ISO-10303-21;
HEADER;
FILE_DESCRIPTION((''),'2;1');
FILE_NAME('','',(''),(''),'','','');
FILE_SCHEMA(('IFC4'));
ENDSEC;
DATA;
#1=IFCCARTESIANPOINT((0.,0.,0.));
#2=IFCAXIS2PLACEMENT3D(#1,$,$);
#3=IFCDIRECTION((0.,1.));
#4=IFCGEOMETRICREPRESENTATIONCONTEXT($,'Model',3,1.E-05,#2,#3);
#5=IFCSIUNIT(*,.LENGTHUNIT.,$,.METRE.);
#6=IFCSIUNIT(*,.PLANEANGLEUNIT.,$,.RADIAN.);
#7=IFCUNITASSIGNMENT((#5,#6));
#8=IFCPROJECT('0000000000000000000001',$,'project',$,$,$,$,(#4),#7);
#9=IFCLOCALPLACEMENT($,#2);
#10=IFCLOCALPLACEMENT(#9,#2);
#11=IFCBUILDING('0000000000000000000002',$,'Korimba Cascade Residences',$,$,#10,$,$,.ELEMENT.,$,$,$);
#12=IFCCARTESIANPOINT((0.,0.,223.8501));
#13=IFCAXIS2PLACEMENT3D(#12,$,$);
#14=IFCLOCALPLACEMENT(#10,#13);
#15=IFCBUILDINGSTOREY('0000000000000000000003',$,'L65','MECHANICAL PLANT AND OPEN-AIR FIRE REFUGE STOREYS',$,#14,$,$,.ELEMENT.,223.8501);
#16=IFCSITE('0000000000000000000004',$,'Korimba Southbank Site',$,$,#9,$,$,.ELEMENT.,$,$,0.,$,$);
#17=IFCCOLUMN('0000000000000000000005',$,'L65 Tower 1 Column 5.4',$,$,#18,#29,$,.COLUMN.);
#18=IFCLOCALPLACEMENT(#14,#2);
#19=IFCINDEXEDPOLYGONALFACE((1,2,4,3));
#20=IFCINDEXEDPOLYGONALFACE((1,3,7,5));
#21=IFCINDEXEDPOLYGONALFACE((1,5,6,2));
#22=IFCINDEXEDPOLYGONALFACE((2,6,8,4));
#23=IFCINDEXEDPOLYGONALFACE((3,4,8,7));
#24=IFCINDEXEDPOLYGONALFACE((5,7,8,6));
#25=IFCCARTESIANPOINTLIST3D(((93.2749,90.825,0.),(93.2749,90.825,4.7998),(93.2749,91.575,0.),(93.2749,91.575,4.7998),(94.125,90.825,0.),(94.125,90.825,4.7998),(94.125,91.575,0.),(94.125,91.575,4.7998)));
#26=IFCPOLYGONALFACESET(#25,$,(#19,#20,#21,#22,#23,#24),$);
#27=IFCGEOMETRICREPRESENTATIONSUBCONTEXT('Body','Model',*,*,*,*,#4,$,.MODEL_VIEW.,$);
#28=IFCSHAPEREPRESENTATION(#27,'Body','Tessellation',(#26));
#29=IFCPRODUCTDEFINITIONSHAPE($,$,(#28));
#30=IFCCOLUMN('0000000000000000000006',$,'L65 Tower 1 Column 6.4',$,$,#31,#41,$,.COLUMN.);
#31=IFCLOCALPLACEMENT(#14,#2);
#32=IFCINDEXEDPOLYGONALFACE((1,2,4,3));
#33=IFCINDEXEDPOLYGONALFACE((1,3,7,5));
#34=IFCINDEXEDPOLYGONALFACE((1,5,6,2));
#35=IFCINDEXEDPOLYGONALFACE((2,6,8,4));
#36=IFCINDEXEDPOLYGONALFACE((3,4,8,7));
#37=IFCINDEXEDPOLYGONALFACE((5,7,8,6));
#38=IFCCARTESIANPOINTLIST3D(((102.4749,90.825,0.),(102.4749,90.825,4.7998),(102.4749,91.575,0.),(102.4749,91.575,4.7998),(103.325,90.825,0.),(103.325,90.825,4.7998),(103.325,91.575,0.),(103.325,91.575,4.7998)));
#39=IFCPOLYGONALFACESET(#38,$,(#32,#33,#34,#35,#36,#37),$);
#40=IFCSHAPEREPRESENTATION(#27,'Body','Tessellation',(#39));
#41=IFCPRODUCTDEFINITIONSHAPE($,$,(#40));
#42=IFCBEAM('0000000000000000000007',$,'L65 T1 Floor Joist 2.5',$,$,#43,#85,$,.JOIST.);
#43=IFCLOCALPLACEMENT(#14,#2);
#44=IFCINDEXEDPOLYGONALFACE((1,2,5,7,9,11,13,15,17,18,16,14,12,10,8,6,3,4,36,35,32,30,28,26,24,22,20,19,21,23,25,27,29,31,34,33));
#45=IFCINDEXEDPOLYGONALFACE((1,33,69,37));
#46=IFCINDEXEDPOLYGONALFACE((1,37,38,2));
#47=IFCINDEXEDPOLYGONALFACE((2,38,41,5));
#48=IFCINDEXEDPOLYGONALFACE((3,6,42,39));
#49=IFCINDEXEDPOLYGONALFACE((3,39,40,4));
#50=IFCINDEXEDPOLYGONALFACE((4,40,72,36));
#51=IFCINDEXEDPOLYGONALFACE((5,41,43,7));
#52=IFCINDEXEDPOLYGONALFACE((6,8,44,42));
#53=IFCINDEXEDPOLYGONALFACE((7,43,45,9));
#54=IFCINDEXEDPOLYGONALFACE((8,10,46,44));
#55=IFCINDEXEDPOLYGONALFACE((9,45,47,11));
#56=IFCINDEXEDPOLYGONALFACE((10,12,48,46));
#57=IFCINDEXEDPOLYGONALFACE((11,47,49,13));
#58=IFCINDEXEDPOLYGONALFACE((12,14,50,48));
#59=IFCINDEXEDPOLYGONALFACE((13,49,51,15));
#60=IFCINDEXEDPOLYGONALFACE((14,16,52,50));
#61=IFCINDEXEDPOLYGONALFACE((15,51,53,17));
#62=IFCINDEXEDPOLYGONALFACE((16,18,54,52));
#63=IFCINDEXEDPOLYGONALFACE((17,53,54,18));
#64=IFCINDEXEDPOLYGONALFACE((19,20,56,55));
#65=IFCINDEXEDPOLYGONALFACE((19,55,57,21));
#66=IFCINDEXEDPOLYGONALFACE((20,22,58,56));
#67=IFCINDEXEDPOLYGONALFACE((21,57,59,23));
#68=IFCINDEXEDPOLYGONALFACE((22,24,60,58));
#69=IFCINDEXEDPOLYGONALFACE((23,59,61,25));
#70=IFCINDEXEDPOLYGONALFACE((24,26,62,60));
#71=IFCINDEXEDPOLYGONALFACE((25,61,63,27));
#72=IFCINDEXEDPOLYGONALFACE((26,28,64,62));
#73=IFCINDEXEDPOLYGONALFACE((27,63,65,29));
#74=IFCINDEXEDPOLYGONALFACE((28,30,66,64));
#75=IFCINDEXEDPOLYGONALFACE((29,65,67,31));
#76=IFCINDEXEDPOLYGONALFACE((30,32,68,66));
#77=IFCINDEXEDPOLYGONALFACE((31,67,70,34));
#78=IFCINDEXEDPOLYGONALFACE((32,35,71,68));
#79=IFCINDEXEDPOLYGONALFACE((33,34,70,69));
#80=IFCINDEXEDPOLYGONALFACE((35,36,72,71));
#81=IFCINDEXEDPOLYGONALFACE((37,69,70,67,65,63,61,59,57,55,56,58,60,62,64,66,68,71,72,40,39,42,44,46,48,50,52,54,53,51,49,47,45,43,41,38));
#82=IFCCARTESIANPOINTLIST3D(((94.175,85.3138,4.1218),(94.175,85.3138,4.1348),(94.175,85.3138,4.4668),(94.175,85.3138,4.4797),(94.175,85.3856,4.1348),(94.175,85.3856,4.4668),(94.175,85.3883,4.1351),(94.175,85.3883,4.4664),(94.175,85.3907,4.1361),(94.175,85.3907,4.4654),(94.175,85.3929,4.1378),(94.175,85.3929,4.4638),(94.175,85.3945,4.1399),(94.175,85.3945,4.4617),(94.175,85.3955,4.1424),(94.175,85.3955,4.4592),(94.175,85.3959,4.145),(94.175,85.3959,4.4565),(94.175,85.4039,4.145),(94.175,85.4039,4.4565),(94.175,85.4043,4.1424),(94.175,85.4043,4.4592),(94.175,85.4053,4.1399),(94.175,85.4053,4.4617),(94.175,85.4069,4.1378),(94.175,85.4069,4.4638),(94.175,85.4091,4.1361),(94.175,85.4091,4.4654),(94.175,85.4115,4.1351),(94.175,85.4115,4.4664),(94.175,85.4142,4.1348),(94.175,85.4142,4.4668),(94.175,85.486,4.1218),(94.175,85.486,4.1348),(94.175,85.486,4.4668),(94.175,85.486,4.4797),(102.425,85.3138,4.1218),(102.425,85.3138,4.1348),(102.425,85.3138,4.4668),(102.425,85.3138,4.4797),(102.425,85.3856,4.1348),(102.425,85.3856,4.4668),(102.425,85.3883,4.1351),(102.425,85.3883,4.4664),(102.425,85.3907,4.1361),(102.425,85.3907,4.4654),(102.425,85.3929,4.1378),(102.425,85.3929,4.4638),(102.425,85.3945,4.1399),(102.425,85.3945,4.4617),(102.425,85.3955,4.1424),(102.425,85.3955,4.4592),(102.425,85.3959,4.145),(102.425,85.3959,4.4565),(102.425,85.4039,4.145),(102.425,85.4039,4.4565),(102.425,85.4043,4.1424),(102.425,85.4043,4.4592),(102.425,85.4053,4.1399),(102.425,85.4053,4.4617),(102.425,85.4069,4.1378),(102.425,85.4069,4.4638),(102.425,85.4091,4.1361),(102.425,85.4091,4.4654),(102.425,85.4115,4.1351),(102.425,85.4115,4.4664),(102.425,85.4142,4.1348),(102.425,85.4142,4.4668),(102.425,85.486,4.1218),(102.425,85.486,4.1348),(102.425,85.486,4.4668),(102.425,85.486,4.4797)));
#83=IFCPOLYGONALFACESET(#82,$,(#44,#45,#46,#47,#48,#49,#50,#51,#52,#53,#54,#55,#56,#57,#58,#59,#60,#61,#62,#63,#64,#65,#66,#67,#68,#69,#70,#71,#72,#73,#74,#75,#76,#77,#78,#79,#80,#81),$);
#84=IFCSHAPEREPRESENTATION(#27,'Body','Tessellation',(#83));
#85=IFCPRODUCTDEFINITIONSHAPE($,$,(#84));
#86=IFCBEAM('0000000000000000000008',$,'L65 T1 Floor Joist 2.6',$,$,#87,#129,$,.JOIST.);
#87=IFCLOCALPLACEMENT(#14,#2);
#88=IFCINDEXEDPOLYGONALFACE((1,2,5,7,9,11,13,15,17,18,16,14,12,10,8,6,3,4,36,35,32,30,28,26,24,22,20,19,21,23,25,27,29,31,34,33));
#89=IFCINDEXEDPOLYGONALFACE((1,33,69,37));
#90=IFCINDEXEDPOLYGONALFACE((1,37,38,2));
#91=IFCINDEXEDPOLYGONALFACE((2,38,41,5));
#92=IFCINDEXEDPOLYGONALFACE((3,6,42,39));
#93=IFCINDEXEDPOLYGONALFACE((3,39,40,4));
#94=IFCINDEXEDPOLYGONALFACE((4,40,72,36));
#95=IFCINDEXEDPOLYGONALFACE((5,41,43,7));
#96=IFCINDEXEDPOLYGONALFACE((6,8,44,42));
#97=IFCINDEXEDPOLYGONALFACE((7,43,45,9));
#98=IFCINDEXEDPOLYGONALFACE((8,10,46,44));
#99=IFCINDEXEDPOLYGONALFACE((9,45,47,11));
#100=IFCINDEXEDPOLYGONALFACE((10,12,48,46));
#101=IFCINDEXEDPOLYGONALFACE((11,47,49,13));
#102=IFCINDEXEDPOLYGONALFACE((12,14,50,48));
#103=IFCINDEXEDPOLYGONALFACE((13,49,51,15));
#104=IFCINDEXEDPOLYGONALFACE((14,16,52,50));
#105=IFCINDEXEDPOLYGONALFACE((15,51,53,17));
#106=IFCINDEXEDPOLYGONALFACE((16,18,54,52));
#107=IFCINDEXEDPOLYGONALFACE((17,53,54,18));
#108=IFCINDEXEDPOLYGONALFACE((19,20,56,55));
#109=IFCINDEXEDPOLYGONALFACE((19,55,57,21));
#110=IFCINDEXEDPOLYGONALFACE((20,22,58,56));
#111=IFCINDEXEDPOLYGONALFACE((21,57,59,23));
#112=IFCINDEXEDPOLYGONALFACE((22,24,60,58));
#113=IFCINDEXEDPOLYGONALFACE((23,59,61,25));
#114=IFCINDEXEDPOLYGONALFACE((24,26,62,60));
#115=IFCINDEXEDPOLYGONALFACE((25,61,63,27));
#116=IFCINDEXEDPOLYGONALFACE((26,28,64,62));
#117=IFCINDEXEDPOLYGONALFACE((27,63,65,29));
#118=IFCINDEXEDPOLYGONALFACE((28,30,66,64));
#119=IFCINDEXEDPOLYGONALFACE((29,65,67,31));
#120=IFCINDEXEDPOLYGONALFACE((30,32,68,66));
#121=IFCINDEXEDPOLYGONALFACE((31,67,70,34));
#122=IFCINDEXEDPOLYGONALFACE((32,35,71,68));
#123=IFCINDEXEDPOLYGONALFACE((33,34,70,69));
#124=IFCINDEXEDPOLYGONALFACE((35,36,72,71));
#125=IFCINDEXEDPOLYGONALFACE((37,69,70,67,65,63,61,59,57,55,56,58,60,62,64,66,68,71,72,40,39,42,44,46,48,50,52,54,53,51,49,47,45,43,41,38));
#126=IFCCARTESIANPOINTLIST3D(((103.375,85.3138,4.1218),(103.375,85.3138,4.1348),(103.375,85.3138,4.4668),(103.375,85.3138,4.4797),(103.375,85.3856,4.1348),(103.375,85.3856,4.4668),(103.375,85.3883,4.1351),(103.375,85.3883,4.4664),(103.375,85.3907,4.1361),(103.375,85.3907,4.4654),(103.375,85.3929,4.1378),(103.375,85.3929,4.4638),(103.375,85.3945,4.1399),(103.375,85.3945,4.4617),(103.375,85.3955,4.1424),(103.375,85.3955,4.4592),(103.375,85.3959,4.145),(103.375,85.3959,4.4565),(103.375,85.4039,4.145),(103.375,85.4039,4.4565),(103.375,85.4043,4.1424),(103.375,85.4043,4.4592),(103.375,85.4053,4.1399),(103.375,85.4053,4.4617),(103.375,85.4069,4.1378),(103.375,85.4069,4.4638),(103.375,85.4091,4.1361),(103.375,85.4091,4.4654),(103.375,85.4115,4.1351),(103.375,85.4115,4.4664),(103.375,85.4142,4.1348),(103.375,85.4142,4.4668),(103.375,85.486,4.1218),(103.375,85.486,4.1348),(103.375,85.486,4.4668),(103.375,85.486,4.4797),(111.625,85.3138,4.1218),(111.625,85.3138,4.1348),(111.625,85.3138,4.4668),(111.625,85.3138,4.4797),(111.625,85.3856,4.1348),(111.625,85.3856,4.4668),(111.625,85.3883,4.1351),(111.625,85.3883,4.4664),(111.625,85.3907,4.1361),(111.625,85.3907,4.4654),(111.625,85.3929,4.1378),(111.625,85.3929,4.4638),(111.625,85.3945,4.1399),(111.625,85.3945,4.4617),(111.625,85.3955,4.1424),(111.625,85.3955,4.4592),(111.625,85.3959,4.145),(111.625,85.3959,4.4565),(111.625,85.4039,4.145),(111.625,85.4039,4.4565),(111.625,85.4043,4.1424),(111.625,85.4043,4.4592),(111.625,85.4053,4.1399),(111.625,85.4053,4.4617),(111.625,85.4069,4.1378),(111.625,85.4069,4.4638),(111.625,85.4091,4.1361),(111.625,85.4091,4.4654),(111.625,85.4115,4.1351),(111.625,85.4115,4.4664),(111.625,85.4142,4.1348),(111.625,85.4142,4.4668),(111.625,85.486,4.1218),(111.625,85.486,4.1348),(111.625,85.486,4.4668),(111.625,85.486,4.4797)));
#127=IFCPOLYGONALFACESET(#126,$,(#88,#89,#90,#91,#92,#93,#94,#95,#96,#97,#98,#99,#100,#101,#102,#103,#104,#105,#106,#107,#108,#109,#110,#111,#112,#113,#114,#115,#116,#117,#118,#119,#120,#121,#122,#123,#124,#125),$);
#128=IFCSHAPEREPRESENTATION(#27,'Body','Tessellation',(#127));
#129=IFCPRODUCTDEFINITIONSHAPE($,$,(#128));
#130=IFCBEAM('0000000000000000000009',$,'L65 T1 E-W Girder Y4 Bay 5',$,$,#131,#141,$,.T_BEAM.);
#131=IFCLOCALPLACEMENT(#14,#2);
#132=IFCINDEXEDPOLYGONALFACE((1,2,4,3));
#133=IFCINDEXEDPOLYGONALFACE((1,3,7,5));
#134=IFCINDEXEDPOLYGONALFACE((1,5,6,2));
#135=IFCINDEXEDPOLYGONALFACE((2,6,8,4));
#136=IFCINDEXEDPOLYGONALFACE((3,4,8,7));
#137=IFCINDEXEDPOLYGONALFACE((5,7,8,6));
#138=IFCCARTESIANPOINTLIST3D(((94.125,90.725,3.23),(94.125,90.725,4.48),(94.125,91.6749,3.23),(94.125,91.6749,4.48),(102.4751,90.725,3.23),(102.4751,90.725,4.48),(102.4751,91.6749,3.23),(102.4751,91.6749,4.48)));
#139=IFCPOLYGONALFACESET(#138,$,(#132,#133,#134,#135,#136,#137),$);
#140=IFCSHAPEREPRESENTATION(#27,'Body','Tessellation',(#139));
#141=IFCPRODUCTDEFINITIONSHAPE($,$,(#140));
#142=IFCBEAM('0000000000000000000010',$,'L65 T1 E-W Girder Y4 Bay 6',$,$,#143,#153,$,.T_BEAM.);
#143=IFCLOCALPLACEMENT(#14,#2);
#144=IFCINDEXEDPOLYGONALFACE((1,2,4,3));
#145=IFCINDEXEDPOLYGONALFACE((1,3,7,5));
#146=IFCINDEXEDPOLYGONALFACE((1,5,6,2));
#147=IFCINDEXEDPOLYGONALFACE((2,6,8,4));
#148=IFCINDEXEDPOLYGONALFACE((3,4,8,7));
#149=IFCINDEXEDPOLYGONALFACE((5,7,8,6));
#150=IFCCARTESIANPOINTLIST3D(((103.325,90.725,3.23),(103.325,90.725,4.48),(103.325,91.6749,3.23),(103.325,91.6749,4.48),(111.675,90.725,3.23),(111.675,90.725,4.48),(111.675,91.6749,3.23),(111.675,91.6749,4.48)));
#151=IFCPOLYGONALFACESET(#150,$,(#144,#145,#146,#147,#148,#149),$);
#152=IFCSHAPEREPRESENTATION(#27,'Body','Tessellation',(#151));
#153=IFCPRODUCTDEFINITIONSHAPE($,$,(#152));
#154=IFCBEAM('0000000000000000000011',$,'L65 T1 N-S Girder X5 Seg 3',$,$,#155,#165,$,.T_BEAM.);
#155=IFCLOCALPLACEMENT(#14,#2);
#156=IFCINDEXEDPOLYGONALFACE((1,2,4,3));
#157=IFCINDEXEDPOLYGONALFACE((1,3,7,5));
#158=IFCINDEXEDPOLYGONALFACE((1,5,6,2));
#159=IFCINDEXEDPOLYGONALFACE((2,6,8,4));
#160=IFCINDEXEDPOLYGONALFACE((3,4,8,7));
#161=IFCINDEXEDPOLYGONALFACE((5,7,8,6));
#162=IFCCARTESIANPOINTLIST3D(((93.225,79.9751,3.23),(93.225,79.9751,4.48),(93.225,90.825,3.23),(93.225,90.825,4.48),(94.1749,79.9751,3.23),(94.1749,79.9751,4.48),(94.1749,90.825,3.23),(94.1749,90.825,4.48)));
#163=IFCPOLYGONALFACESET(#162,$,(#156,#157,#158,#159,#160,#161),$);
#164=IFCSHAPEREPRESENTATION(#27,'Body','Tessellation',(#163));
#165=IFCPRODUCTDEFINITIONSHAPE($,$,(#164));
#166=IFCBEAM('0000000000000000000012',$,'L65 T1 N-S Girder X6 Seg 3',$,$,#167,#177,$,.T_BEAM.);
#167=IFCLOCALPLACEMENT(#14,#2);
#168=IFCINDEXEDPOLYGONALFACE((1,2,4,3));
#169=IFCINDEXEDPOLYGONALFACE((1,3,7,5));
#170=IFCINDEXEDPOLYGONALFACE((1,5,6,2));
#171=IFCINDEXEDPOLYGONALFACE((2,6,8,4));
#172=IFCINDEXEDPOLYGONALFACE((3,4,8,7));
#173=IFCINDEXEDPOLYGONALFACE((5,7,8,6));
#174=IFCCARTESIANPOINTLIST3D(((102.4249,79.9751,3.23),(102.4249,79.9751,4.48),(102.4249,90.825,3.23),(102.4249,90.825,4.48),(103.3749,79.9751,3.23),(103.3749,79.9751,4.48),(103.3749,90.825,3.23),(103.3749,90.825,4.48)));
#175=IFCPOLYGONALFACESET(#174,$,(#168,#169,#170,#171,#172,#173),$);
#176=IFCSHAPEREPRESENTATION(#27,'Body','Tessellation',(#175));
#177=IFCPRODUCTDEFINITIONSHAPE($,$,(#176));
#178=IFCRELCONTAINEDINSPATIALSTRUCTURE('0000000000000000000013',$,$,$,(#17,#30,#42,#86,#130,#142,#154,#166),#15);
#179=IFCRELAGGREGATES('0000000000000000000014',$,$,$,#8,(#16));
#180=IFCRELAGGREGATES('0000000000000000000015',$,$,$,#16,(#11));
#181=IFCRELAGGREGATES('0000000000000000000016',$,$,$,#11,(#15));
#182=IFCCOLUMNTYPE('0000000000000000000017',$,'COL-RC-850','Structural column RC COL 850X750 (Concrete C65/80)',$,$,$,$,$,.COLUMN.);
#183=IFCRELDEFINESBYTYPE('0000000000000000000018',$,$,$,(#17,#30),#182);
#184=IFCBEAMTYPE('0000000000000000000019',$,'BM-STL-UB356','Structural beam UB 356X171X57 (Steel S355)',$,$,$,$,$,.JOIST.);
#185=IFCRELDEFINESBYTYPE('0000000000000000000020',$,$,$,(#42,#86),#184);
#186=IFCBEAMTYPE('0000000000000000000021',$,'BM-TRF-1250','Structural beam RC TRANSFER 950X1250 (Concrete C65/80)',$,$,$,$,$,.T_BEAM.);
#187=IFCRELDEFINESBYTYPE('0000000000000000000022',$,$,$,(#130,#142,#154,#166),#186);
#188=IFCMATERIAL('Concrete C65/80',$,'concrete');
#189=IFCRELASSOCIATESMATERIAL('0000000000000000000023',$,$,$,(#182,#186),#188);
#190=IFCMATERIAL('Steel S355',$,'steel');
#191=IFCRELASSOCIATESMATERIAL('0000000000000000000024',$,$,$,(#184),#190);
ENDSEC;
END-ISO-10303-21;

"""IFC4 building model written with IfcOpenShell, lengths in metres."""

from ifc_helpers import new_model, si_unit, direction, frame, origin, origin_2d, place, context, subcontext, project, spatial, rectangle, i_section, extrude, material, material_profile, profile_set, type_object, element, save


model = new_model("IFC4")

# Units and contexts
model_context = context("Model", 3, precision=1e-05, world=origin(), true_north=direction((0.0, 1.0)))
body_context = subcontext(model_context, "Body", "Model", "MODEL_VIEW")
ifc_project = project(units=[si_unit("LENGTHUNIT", "METRE"), si_unit("PLANEANGLEUNIT", "RADIAN")], contexts=[model_context])

# Site, building, storey
site_placement = place(None, origin())
site = spatial("IfcSite", under=ifc_project, at=site_placement, Name="Korimba Southbank Site", CompositionType="ELEMENT", RefElevation=0.0)
building_placement = place(site_placement, origin())
building = spatial("IfcBuilding", under=site, at=building_placement, Name="Korimba Cascade Residences", CompositionType="ELEMENT")
storey_placement = place(building_placement, frame((0.0, 0.0, 223.8501)))
storey = spatial("IfcBuildingStorey", under=building, at=storey_placement, Name="L65", Description="MECHANICAL PLANT AND OPEN-AIR FIRE REFUGE STOREYS", CompositionType="ELEMENT", Elevation=223.8501)

# Columns
ifc_material_1 = material(Name="Concrete C65/80", Category="concrete")
ifc_material_profile_1 = material_profile(ifc_material_1, rectangle(XDim=0.8501, YDim=0.75, at=origin_2d()), Name="Concrete C65/80")
ifc_profile_set_1 = profile_set([ifc_material_profile_1], Name="Concrete C65/80")
column_type = type_object("IfcColumnType", Name="COL-RC-850", Description="Structural column RC COL 850X750 (Concrete C65/80)", PredefinedType="COLUMN", material=ifc_profile_set_1)
for number, where, z_axis, x_axis, name in (
    (1, (93.7, 91.2, 0.0), (0.0, 0.0, 1.0), (1.0, 0.0, 0.0), "L65 Tower 1 Column 5.4"),
    (2, (102.8999, 91.2, 0.0), (0.0, 0.0, 1.0), (1.0, 0.0, 0.0), "L65 Tower 1 Column 6.4"),
):
    element("IfcColumn", number, at=place(storey_placement, frame(where, z_axis=z_axis, x_axis=x_axis)), inside=storey, type_object=column_type, Name=name, PredefinedType="COLUMN", context=body_context, shape_type="SweptSolid", body=[
        extrude(rectangle(XDim=0.8501, YDim=0.75, at=origin_2d()), origin(), (0.0, 0.0, 1.0), 4.7998),
    ])

# Beams
ifc_material_2 = material(Name="Steel S355", Category="steel")
ifc_material_profile_2 = material_profile(ifc_material_2, i_section(OverallWidth=0.1721, OverallDepth=0.3579, WebThickness=0.0081, FlangeThickness=0.0129, FilletRadius=0.0103, at=origin_2d()), Name="Steel S355")
ifc_profile_set_2 = profile_set([ifc_material_profile_2], Name="Steel S355")
beam_type_1 = type_object("IfcBeamType", Name="BM-STL-UB356", Description="Structural beam UB 356X171X57 (Steel S355)", PredefinedType="JOIST", material=ifc_profile_set_2)
for number, where, z_axis, x_axis, name in (
    (3, (94.175, 85.3999, 4.3008), (1.0, 0.0, 0.0), (0.0, 1.0, 0.0), "L65 T1 Floor Joist 2.5"),
    (4, (103.375, 85.3999, 4.3008), (1.0, 0.0, 0.0), (0.0, 1.0, 0.0), "L65 T1 Floor Joist 2.6"),
):
    element("IfcBeam", number, at=place(storey_placement, frame(where, z_axis=z_axis, x_axis=x_axis)), inside=storey, type_object=beam_type_1, Name=name, PredefinedType="JOIST", context=body_context, shape_type="SweptSolid", body=[
        extrude(i_section(OverallWidth=0.1721, OverallDepth=0.3579, WebThickness=0.0081, FlangeThickness=0.0129, FilletRadius=0.0103, at=origin_2d()), origin(), (0.0, 0.0, 1.0), 8.25),
    ])
ifc_material_profile_3 = material_profile(ifc_material_1, rectangle(XDim=0.95, YDim=1.25, at=origin_2d()), Name="Concrete C65/80")
ifc_profile_set_3 = profile_set([ifc_material_profile_3], Name="Concrete C65/80")
beam_type_2 = type_object("IfcBeamType", Name="BM-TRF-1250", Description="Structural beam RC TRANSFER 950X1250 (Concrete C65/80)", PredefinedType="T_BEAM", material=ifc_profile_set_3)
for number, where, z_axis, x_axis, name in (
    (5, (94.125, 91.2, 3.855), (1.0, 0.0, 0.0), (0.0, 1.0, 0.0), "L65 T1 E-W Girder Y4 Bay 5"),
    (6, (103.325, 91.2, 3.855), (1.0, 0.0, 0.0), (0.0, 1.0, 0.0), "L65 T1 E-W Girder Y4 Bay 6"),
):
    element("IfcBeam", number, at=place(storey_placement, frame(where, z_axis=z_axis, x_axis=x_axis)), inside=storey, type_object=beam_type_2, Name=name, PredefinedType="T_BEAM", context=body_context, shape_type="SweptSolid", body=[
        extrude(rectangle(XDim=0.95, YDim=1.25, at=origin_2d()), origin(), (0.0, 0.0, 1.0), 8.3501),
    ])
for number, where, z_axis, x_axis, name in (
    (7, (93.7, 79.9751, 3.855), (0.0, 1.0, 0.0), (-1.0, 0.0, 0.0), "L65 T1 N-S Girder X5 Seg 3"),
    (8, (102.8999, 79.9751, 3.855), (0.0, 1.0, 0.0), (-1.0, 0.0, 0.0), "L65 T1 N-S Girder X6 Seg 3"),
):
    element("IfcBeam", number, at=place(storey_placement, frame(where, z_axis=z_axis, x_axis=x_axis)), inside=storey, type_object=beam_type_2, Name=name, PredefinedType="T_BEAM", context=body_context, shape_type="SweptSolid", body=[
        extrude(rectangle(XDim=0.95, YDim=1.25, at=origin_2d()), origin(), (0.0, 0.0, 1.0), 10.8499),
    ])

save(model, "model.ifc")
